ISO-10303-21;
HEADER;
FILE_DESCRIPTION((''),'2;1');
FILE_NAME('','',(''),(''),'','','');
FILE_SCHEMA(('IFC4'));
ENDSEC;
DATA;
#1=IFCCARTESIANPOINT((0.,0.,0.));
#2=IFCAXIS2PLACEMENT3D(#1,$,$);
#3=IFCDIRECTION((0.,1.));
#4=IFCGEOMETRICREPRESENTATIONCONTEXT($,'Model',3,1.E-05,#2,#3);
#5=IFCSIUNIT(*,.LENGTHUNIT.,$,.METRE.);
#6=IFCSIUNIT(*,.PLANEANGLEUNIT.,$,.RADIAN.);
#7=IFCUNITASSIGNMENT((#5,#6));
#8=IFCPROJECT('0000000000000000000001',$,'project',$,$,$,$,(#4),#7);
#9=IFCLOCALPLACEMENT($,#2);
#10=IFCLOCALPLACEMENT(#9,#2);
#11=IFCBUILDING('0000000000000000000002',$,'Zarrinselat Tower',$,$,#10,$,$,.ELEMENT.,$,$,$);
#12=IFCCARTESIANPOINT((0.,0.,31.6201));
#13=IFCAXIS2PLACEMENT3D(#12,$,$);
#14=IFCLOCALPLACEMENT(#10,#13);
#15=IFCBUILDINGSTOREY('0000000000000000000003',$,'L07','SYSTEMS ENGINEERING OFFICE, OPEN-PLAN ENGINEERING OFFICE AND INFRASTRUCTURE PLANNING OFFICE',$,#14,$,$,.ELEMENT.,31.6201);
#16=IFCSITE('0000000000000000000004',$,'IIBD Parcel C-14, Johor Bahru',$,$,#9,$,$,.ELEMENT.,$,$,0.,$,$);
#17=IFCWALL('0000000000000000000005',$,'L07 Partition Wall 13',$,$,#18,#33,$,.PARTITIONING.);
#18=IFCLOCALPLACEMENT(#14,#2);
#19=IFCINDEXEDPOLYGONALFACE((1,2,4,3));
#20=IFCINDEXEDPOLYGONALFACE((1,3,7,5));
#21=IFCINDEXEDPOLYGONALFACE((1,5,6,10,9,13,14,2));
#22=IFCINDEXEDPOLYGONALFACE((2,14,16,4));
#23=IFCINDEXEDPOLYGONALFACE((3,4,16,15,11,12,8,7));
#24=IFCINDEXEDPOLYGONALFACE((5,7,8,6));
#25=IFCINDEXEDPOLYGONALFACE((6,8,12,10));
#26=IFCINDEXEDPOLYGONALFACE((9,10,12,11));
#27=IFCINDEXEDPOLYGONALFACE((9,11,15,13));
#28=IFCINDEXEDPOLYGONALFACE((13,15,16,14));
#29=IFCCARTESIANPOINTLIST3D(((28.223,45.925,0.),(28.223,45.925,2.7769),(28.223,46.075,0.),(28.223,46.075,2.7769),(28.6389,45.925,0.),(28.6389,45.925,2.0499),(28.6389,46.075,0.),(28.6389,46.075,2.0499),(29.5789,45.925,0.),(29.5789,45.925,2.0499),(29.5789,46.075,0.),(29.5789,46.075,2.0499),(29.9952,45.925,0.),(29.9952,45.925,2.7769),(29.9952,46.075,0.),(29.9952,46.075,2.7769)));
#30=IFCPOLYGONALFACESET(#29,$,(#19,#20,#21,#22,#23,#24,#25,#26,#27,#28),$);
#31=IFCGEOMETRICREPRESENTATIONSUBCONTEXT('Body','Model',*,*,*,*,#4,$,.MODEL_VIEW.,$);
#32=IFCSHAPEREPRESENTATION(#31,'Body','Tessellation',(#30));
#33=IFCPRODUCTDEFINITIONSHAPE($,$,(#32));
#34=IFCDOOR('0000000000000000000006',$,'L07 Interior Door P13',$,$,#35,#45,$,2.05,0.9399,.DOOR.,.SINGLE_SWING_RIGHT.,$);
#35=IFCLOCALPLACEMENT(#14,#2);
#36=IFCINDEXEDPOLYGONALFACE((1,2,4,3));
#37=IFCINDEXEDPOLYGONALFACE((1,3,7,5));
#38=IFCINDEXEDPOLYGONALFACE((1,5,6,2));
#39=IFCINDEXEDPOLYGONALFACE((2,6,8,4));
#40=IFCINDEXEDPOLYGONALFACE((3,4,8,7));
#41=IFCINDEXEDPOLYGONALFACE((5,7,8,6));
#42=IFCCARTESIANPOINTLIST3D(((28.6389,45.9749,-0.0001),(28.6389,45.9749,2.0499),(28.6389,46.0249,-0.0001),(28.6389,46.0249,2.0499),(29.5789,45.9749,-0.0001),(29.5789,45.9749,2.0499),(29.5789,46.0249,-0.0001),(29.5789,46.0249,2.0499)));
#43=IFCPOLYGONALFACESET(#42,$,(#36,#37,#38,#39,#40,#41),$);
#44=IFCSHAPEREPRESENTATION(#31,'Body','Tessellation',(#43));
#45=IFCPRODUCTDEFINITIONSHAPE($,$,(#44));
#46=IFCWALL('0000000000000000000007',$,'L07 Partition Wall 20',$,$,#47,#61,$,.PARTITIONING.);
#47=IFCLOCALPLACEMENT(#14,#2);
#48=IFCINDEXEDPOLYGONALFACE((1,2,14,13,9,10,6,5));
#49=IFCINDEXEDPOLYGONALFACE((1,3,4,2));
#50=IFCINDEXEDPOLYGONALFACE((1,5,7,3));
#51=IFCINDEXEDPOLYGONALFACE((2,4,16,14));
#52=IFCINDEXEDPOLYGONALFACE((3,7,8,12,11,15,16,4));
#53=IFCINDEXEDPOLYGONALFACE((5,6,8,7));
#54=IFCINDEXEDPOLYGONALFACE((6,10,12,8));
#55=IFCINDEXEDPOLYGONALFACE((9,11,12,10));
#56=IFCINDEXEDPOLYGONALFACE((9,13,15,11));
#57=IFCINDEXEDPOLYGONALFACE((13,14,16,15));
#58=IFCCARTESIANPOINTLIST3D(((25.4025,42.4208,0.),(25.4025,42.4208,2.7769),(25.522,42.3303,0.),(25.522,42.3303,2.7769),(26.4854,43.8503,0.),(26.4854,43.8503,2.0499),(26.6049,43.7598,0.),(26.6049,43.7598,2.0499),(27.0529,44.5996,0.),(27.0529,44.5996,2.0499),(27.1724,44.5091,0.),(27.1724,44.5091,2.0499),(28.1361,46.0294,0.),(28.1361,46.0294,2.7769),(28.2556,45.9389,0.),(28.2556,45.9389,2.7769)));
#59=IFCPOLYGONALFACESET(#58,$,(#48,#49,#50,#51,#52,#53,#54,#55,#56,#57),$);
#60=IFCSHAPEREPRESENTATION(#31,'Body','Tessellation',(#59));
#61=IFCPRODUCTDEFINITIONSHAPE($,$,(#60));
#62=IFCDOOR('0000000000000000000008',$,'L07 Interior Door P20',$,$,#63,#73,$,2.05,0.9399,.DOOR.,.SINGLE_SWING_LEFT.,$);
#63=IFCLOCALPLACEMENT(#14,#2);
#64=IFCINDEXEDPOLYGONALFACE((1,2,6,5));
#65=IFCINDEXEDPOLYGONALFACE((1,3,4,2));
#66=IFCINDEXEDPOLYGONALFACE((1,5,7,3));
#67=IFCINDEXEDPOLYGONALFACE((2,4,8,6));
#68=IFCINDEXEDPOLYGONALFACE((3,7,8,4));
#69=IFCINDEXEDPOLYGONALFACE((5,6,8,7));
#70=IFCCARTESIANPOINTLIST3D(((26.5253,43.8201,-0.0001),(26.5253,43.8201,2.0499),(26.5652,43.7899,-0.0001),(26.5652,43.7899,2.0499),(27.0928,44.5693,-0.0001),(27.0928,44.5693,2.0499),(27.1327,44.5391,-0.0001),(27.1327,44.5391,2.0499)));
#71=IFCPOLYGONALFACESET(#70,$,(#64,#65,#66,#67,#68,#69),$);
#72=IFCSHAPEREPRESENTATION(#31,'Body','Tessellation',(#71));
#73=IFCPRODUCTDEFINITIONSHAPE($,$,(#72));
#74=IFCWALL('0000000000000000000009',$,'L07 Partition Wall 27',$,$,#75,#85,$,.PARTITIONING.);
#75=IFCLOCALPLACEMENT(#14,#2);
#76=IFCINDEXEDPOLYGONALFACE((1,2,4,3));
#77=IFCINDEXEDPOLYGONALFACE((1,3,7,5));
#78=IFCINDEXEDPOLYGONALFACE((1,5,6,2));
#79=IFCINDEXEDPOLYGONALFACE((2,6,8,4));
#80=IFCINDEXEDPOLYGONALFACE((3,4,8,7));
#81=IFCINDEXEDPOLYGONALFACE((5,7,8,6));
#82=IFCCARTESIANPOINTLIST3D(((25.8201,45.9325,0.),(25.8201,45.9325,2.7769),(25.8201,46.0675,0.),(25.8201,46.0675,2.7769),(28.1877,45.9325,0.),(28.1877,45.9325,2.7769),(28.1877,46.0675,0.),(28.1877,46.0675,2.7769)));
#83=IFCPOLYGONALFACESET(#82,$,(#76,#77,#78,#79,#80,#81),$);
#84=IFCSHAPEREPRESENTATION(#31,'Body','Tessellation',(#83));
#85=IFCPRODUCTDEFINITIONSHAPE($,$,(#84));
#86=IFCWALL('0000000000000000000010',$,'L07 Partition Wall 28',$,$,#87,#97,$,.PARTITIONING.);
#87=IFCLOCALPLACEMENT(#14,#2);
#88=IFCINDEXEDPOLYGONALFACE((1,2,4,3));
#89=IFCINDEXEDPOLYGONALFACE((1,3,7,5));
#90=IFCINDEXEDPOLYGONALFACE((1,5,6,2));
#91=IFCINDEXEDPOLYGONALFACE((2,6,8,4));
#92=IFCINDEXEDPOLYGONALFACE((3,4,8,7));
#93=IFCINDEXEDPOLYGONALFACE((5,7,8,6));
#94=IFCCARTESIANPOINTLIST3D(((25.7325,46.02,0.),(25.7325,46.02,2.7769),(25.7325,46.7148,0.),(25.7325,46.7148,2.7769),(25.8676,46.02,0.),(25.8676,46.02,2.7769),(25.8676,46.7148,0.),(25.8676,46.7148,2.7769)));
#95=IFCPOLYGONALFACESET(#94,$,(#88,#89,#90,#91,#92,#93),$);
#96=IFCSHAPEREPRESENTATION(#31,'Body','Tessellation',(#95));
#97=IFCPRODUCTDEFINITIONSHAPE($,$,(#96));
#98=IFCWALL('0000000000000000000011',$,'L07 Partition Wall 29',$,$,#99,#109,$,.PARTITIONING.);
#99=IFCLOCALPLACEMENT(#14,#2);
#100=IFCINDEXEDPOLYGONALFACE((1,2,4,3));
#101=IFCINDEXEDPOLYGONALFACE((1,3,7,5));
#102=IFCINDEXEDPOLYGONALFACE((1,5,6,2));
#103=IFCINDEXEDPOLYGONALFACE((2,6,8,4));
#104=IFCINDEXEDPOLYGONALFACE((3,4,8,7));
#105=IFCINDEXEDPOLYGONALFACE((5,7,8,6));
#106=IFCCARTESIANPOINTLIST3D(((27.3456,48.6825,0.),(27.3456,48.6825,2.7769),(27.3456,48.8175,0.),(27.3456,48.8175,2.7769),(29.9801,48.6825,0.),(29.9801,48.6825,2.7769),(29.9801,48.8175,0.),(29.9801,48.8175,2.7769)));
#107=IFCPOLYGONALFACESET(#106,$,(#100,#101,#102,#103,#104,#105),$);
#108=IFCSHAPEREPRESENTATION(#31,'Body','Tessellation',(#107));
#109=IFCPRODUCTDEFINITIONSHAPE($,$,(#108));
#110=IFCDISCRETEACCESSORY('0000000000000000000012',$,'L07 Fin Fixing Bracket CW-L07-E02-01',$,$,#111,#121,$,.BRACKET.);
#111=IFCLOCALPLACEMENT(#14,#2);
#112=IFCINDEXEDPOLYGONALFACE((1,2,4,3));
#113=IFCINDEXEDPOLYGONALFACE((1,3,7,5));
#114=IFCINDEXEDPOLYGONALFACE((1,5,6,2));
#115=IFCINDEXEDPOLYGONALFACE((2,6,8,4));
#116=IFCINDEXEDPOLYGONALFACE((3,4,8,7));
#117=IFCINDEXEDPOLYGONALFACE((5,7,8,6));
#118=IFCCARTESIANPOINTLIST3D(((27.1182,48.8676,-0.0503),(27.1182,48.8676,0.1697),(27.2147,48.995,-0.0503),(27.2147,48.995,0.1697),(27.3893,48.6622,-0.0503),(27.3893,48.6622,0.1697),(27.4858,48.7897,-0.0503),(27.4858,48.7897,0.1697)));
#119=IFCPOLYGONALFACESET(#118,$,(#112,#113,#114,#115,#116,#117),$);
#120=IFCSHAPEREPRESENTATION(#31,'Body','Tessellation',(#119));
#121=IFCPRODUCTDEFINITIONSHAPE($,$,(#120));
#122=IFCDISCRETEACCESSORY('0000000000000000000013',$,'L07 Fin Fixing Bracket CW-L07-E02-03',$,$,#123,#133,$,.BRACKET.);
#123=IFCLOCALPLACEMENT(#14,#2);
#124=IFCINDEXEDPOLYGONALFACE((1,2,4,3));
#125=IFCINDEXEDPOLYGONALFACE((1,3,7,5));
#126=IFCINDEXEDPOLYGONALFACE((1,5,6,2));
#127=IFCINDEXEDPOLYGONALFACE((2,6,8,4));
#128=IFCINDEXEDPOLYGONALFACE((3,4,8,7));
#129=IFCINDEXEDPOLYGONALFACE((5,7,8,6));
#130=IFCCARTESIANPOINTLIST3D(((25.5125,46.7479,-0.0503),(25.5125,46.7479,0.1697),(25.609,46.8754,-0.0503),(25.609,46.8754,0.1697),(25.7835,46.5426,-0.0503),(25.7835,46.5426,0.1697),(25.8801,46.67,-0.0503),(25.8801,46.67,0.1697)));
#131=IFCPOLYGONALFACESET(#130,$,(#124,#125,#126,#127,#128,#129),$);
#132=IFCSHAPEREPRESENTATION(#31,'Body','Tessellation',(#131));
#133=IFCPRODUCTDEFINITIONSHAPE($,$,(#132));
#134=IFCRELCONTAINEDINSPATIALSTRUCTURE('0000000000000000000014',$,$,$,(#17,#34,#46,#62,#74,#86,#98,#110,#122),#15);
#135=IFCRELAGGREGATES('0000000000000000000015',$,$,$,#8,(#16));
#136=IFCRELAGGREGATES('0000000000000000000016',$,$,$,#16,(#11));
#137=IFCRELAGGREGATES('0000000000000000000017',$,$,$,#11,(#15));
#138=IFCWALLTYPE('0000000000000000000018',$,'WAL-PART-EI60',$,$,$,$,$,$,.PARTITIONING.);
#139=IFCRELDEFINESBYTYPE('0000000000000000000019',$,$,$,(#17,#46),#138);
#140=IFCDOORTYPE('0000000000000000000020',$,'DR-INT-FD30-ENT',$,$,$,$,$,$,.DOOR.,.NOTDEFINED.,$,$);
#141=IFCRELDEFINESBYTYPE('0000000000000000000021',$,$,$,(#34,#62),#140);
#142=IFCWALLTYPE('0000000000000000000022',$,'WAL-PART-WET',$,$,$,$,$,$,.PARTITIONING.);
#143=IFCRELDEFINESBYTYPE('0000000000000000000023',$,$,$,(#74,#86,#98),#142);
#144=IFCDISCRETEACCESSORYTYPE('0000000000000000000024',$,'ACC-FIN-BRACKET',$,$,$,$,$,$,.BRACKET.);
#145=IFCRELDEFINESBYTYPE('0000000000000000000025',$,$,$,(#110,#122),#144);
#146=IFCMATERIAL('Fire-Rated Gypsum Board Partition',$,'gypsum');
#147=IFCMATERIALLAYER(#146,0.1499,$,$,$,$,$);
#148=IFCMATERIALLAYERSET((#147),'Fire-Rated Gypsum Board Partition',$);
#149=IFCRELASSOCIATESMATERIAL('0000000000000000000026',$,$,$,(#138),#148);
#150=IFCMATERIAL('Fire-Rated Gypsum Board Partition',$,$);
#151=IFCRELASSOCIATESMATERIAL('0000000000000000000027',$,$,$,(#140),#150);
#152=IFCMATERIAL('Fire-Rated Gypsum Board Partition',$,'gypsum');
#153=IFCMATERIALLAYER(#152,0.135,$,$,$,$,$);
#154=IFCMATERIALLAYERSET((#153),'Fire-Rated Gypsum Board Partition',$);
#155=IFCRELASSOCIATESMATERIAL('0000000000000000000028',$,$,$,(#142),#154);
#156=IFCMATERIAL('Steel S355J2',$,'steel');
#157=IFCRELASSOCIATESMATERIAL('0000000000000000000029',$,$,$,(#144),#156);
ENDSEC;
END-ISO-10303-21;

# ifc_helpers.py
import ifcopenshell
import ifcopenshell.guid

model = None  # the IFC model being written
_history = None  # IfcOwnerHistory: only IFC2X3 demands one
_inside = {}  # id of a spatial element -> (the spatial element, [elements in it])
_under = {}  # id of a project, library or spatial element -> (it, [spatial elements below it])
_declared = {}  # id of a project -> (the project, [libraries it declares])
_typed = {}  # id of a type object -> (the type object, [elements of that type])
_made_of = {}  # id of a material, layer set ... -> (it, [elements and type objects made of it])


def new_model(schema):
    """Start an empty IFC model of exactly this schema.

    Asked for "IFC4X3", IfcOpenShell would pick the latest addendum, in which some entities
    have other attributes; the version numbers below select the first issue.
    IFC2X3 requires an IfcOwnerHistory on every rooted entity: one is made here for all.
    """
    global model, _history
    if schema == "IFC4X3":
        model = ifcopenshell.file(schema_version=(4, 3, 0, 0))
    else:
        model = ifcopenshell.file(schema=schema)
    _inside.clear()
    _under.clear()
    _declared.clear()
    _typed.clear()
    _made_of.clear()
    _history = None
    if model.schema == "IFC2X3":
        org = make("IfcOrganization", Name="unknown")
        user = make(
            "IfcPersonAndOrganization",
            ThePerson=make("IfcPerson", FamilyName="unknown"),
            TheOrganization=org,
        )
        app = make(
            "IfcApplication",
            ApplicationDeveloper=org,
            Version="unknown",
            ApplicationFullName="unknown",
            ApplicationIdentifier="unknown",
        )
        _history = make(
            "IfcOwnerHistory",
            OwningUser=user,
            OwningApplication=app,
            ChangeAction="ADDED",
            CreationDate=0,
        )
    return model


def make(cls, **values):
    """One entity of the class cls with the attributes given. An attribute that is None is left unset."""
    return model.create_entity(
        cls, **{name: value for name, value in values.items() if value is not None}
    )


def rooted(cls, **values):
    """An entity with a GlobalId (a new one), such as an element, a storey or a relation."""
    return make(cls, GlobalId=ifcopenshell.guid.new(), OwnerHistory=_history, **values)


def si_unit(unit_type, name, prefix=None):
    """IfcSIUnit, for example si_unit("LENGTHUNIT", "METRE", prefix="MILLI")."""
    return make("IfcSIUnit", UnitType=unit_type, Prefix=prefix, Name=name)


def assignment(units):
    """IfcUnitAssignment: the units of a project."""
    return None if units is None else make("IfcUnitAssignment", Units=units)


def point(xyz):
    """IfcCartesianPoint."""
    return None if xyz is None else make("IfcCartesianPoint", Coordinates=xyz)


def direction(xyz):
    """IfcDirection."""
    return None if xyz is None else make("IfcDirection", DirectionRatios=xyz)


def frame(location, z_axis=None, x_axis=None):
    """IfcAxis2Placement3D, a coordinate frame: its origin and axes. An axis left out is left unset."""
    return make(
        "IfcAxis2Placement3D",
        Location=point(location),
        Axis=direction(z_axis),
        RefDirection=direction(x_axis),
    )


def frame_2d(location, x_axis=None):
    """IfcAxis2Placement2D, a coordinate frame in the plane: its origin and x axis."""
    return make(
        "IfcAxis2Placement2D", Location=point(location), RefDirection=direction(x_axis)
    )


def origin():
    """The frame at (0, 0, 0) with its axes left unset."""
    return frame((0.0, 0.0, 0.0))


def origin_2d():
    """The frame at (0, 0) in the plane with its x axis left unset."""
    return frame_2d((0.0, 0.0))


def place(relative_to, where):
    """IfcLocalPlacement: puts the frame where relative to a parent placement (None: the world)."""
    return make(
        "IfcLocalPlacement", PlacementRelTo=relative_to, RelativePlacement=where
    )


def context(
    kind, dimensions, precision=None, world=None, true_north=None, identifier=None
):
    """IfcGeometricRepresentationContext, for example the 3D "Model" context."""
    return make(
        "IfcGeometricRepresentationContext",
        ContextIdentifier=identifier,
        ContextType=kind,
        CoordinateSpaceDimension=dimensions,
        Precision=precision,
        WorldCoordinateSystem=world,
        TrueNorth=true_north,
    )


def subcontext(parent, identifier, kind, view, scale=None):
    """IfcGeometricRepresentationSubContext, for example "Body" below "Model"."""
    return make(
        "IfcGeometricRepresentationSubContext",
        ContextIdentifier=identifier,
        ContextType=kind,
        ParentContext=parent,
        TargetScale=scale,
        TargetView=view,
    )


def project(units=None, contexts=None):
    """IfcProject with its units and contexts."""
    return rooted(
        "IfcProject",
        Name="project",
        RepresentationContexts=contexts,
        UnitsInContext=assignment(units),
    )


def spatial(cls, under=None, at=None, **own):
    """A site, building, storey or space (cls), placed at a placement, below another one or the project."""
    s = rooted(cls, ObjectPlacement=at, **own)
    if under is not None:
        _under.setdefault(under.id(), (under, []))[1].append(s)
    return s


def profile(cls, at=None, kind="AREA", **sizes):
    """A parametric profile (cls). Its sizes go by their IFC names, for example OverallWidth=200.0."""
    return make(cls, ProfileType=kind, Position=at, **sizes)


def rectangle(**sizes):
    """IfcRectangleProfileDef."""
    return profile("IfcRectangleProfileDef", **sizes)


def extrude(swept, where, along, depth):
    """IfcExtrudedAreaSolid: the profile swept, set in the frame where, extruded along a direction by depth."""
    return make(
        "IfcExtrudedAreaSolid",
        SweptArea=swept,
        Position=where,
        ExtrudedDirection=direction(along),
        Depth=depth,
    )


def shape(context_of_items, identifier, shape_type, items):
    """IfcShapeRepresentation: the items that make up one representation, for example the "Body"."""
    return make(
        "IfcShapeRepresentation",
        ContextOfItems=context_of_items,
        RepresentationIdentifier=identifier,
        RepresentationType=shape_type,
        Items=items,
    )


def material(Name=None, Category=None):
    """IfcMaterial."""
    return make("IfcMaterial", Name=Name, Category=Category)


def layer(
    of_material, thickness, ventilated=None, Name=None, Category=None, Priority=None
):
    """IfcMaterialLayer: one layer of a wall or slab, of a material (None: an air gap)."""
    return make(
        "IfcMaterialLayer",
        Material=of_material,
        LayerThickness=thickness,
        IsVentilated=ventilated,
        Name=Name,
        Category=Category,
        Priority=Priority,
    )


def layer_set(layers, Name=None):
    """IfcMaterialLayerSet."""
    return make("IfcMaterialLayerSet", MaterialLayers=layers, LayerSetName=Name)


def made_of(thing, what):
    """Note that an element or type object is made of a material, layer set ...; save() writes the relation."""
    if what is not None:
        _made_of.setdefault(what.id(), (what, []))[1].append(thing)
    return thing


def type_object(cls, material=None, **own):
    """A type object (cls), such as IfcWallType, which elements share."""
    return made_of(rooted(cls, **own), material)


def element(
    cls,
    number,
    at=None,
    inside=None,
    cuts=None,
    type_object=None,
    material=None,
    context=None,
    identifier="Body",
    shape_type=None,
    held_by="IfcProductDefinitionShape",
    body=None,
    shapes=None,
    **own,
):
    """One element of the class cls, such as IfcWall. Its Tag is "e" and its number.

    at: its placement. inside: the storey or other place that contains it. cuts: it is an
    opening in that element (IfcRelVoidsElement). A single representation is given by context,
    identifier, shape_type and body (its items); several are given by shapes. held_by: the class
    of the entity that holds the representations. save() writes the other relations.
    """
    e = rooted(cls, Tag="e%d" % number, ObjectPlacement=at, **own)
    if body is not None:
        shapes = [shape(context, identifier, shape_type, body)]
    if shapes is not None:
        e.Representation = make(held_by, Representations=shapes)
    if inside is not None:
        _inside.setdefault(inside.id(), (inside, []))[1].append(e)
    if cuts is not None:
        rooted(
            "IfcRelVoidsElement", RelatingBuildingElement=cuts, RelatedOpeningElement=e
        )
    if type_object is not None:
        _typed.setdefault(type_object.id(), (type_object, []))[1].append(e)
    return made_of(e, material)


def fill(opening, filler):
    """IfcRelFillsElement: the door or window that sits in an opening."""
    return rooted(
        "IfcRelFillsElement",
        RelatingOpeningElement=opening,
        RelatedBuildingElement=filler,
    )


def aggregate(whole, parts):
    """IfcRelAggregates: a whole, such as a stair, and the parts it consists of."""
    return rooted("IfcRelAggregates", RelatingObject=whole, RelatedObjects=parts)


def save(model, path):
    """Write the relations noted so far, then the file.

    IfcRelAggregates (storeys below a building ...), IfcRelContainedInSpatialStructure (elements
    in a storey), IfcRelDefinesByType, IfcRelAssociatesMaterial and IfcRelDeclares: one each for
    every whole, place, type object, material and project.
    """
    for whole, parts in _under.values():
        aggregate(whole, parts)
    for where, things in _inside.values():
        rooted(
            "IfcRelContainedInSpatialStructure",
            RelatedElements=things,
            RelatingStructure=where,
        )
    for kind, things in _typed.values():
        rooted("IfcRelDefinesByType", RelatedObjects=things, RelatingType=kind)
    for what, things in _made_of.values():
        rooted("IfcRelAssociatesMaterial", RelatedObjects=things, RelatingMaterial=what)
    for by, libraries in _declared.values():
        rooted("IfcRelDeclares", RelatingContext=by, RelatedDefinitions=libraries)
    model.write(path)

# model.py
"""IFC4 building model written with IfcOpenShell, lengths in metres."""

from ifc_helpers import new_model, si_unit, direction, frame, frame_2d, origin, origin_2d, place, context, subcontext, project, spatial, rectangle, extrude, material, layer, layer_set, type_object, element, fill, save


model = new_model("IFC4")

# Units and contexts
model_context = context("Model", 3, precision=1e-05, world=origin(), true_north=direction((0.0, 1.0)))
body_context = subcontext(model_context, "Body", "Model", "MODEL_VIEW")
ifc_project = project(units=[si_unit("LENGTHUNIT", "METRE"), si_unit("PLANEANGLEUNIT", "RADIAN")], contexts=[model_context])

# Site, building, storey
site_placement = place(None, origin())
site = spatial("IfcSite", under=ifc_project, at=site_placement, Name="IIBD Parcel C-14, Johor Bahru", CompositionType="ELEMENT", RefElevation=0.0)
building_placement = place(site_placement, origin())
building = spatial("IfcBuilding", under=site, at=building_placement, Name="Zarrinselat Tower", CompositionType="ELEMENT")
storey_placement = place(building_placement, frame((0.0, 0.0, 31.6201)))
storey = spatial("IfcBuildingStorey", under=building, at=storey_placement, Name="L07", Description="SYSTEMS ENGINEERING OFFICE, OPEN-PLAN ENGINEERING OFFICE AND INFRASTRUCTURE PLANNING OFFICE", CompositionType="ELEMENT", Elevation=31.6201)

# Walls, openings, doors
ifc_material_1 = material(Name="Fire-Rated Gypsum Board Partition", Category="gypsum")
ifc_layer_1 = layer(ifc_material_1, 0.1499)
ifc_layer_set_1 = layer_set([ifc_layer_1], Name="Fire-Rated Gypsum Board Partition")
wall_type_1 = type_object("IfcWallType", Name="WAL-PART-EI60", PredefinedType="PARTITIONING", material=ifc_layer_set_1)
wall_1_placement = place(storey_placement, frame((28.2229, 46.0, 0.0), z_axis=(0.0, 0.0, 1.0), x_axis=(1.0, 0.0, 0.0)))
wall_1 = element("IfcWall", 1, at=wall_1_placement, inside=storey, type_object=wall_type_1, Name="L07 Partition Wall 13", PredefinedType="PARTITIONING", context=body_context, shape_type="SweptSolid", body=[
    extrude(rectangle(XDim=1.7722, YDim=0.1499, at=frame_2d((0.8862, 0.0))), origin(), (0.0, 0.0, 1.0), 2.7769),
])
opening_1_placement = place(wall_1_placement, frame((0.416, 0.0, 0.0)))
opening_1 = element("IfcOpeningElement", 2, at=opening_1_placement, cuts=wall_1, PredefinedType="OPENING", context=body_context, shape_type="SweptSolid", body=[
    extrude(rectangle(XDim=0.9399, YDim=2.05, at=frame_2d((0.47, 1.0249))), frame((0.0, 0.085, 0.0), z_axis=(0.0, -1.0, 0.0), x_axis=(1.0, 0.0, 0.0)), (0.0, 0.0, 1.0), 0.1699),
])
ifc_material_2 = material(Name="Fire-Rated Gypsum Board Partition")
door_type = type_object("IfcDoorType", Name="DR-INT-FD30-ENT", OperationType="NOTDEFINED", PredefinedType="DOOR", material=ifc_material_2)
door_1_placement = place(opening_1_placement, origin())
door_1 = element("IfcDoor", 3, at=door_1_placement, inside=storey, type_object=door_type, Name="L07 Interior Door P13", OperationType="SINGLE_SWING_RIGHT", OverallHeight=2.05, OverallWidth=0.9399, PredefinedType="DOOR", context=body_context, shape_type="SweptSolid", body=[
    extrude(rectangle(XDim=0.9399, YDim=2.05, at=frame_2d((0.47, 1.0249))), frame((0.0, 0.0249, 0.0), z_axis=(0.0, -1.0, 0.0), x_axis=(1.0, 0.0, 0.0)), (0.0, 0.0, 1.0), 0.05),
])
fill(opening_1, door_1)
wall_2_placement = place(storey_placement, frame((25.4622, 42.3755, 0.0), z_axis=(0.0, 0.0, 1.0), x_axis=(0.603833, 0.797111, 0.0)))
wall_2 = element("IfcWall", 4, at=wall_2_placement, inside=storey, type_object=wall_type_1, Name="L07 Partition Wall 20", PredefinedType="PARTITIONING", context=body_context, shape_type="SweptSolid", body=[
    extrude(rectangle(XDim=4.5271, YDim=0.1499, at=frame_2d((2.2637, 0.0))), origin(), (0.0, 0.0, 1.0), 2.7769),
])
opening_2_placement = place(wall_2_placement, frame((1.7935, 0.0, 0.0)))
opening_2 = element("IfcOpeningElement", 5, at=opening_2_placement, cuts=wall_2, PredefinedType="OPENING", context=body_context, shape_type="SweptSolid", body=[
    extrude(rectangle(XDim=0.9399, YDim=2.05, at=frame_2d((0.47, 1.0249))), frame((0.0, 0.085, 0.0), z_axis=(0.0, -1.0, 0.0), x_axis=(1.0, 0.0, 0.0)), (0.0, 0.0, 1.0), 0.1699),
])
door_2_placement = place(opening_2_placement, origin())
door_2 = element("IfcDoor", 6, at=door_2_placement, inside=storey, type_object=door_type, Name="L07 Interior Door P20", OperationType="SINGLE_SWING_LEFT", OverallHeight=2.05, OverallWidth=0.9399, PredefinedType="DOOR", context=body_context, shape_type="SweptSolid", body=[
    extrude(rectangle(XDim=0.9399, YDim=2.05, at=frame_2d((0.47, 1.0249))), frame((0.0, 0.0249, 0.0), z_axis=(0.0, -1.0, 0.0), x_axis=(1.0, 0.0, 0.0)), (0.0, 0.0, 1.0), 0.05),
])
fill(opening_2, door_2)

# Walls
ifc_material_3 = material(Name="Fire-Rated Gypsum Board Partition", Category="gypsum")
ifc_layer_2 = layer(ifc_material_3, 0.135)
ifc_layer_set_2 = layer_set([ifc_layer_2], Name="Fire-Rated Gypsum Board Partition")
wall_type_2 = type_object("IfcWallType", Name="WAL-PART-WET", PredefinedType="PARTITIONING", material=ifc_layer_set_2)
wall_3_placement = place(storey_placement, frame((25.8201, 46.0, 0.0), z_axis=(0.0, 0.0, 1.0), x_axis=(1.0, 0.0, 0.0)))
element("IfcWall", 7, at=wall_3_placement, inside=storey, type_object=wall_type_2, Name="L07 Partition Wall 27", PredefinedType="PARTITIONING", context=body_context, shape_type="SweptSolid", body=[
    extrude(rectangle(XDim=2.3677, YDim=0.135, at=frame_2d((1.1838, 0.0))), origin(), (0.0, 0.0, 1.0), 2.7769),
])
wall_4_placement = place(storey_placement, frame((25.8, 46.02, 0.0), z_axis=(0.0, 0.0, 1.0), x_axis=(0.0, 1.0, 0.0)))
element("IfcWall", 8, at=wall_4_placement, inside=storey, type_object=wall_type_2, Name="L07 Partition Wall 28", PredefinedType="PARTITIONING", context=body_context, shape_type="SweptSolid", body=[
    extrude(rectangle(XDim=0.6948, YDim=0.135, at=frame_2d((0.3474, 0.0))), origin(), (0.0, 0.0, 1.0), 2.7769),
])
wall_5_placement = place(storey_placement, frame((27.3455, 48.75, 0.0), z_axis=(0.0, 0.0, 1.0), x_axis=(1.0, 0.0, 0.0)))
element("IfcWall", 9, at=wall_5_placement, inside=storey, type_object=wall_type_2, Name="L07 Partition Wall 29", PredefinedType="PARTITIONING", context=body_context, shape_type="SweptSolid", body=[
    extrude(rectangle(XDim=2.6345, YDim=0.135, at=frame_2d((1.3174, 0.0))), origin(), (0.0, 0.0, 1.0), 2.7769),
])

# Discrete accessories
ifc_material_4 = material(Name="Steel S355J2", Category="steel")
discrete_accessory_type = type_object("IfcDiscreteAccessoryType", Name="ACC-FIN-BRACKET", PredefinedType="BRACKET", material=ifc_material_4)
for number, where, z_axis, x_axis, name in (
    (10, (27.302, 48.8286, -0.0503), (0.0, 0.0, 1.0), (-0.797091, 0.603859, 0.0), "L07 Fin Fixing Bracket CW-L07-E02-01"),
    (11, (25.6963, 46.709, -0.0503), (0.0, 0.0, 1.0), (-0.797091, 0.603859, 0.0), "L07 Fin Fixing Bracket CW-L07-E02-03"),
):
    element("IfcDiscreteAccessory", number, at=place(storey_placement, frame(where, z_axis=z_axis, x_axis=x_axis)), inside=storey, type_object=discrete_accessory_type, Name=name, PredefinedType="BRACKET", context=body_context, shape_type="SweptSolid", body=[
        extrude(rectangle(XDim=0.3401, YDim=0.1599, at=origin_2d()), origin(), (0.0, 0.0, 1.0), 0.22),
    ])

save(model, "model.ifc")
